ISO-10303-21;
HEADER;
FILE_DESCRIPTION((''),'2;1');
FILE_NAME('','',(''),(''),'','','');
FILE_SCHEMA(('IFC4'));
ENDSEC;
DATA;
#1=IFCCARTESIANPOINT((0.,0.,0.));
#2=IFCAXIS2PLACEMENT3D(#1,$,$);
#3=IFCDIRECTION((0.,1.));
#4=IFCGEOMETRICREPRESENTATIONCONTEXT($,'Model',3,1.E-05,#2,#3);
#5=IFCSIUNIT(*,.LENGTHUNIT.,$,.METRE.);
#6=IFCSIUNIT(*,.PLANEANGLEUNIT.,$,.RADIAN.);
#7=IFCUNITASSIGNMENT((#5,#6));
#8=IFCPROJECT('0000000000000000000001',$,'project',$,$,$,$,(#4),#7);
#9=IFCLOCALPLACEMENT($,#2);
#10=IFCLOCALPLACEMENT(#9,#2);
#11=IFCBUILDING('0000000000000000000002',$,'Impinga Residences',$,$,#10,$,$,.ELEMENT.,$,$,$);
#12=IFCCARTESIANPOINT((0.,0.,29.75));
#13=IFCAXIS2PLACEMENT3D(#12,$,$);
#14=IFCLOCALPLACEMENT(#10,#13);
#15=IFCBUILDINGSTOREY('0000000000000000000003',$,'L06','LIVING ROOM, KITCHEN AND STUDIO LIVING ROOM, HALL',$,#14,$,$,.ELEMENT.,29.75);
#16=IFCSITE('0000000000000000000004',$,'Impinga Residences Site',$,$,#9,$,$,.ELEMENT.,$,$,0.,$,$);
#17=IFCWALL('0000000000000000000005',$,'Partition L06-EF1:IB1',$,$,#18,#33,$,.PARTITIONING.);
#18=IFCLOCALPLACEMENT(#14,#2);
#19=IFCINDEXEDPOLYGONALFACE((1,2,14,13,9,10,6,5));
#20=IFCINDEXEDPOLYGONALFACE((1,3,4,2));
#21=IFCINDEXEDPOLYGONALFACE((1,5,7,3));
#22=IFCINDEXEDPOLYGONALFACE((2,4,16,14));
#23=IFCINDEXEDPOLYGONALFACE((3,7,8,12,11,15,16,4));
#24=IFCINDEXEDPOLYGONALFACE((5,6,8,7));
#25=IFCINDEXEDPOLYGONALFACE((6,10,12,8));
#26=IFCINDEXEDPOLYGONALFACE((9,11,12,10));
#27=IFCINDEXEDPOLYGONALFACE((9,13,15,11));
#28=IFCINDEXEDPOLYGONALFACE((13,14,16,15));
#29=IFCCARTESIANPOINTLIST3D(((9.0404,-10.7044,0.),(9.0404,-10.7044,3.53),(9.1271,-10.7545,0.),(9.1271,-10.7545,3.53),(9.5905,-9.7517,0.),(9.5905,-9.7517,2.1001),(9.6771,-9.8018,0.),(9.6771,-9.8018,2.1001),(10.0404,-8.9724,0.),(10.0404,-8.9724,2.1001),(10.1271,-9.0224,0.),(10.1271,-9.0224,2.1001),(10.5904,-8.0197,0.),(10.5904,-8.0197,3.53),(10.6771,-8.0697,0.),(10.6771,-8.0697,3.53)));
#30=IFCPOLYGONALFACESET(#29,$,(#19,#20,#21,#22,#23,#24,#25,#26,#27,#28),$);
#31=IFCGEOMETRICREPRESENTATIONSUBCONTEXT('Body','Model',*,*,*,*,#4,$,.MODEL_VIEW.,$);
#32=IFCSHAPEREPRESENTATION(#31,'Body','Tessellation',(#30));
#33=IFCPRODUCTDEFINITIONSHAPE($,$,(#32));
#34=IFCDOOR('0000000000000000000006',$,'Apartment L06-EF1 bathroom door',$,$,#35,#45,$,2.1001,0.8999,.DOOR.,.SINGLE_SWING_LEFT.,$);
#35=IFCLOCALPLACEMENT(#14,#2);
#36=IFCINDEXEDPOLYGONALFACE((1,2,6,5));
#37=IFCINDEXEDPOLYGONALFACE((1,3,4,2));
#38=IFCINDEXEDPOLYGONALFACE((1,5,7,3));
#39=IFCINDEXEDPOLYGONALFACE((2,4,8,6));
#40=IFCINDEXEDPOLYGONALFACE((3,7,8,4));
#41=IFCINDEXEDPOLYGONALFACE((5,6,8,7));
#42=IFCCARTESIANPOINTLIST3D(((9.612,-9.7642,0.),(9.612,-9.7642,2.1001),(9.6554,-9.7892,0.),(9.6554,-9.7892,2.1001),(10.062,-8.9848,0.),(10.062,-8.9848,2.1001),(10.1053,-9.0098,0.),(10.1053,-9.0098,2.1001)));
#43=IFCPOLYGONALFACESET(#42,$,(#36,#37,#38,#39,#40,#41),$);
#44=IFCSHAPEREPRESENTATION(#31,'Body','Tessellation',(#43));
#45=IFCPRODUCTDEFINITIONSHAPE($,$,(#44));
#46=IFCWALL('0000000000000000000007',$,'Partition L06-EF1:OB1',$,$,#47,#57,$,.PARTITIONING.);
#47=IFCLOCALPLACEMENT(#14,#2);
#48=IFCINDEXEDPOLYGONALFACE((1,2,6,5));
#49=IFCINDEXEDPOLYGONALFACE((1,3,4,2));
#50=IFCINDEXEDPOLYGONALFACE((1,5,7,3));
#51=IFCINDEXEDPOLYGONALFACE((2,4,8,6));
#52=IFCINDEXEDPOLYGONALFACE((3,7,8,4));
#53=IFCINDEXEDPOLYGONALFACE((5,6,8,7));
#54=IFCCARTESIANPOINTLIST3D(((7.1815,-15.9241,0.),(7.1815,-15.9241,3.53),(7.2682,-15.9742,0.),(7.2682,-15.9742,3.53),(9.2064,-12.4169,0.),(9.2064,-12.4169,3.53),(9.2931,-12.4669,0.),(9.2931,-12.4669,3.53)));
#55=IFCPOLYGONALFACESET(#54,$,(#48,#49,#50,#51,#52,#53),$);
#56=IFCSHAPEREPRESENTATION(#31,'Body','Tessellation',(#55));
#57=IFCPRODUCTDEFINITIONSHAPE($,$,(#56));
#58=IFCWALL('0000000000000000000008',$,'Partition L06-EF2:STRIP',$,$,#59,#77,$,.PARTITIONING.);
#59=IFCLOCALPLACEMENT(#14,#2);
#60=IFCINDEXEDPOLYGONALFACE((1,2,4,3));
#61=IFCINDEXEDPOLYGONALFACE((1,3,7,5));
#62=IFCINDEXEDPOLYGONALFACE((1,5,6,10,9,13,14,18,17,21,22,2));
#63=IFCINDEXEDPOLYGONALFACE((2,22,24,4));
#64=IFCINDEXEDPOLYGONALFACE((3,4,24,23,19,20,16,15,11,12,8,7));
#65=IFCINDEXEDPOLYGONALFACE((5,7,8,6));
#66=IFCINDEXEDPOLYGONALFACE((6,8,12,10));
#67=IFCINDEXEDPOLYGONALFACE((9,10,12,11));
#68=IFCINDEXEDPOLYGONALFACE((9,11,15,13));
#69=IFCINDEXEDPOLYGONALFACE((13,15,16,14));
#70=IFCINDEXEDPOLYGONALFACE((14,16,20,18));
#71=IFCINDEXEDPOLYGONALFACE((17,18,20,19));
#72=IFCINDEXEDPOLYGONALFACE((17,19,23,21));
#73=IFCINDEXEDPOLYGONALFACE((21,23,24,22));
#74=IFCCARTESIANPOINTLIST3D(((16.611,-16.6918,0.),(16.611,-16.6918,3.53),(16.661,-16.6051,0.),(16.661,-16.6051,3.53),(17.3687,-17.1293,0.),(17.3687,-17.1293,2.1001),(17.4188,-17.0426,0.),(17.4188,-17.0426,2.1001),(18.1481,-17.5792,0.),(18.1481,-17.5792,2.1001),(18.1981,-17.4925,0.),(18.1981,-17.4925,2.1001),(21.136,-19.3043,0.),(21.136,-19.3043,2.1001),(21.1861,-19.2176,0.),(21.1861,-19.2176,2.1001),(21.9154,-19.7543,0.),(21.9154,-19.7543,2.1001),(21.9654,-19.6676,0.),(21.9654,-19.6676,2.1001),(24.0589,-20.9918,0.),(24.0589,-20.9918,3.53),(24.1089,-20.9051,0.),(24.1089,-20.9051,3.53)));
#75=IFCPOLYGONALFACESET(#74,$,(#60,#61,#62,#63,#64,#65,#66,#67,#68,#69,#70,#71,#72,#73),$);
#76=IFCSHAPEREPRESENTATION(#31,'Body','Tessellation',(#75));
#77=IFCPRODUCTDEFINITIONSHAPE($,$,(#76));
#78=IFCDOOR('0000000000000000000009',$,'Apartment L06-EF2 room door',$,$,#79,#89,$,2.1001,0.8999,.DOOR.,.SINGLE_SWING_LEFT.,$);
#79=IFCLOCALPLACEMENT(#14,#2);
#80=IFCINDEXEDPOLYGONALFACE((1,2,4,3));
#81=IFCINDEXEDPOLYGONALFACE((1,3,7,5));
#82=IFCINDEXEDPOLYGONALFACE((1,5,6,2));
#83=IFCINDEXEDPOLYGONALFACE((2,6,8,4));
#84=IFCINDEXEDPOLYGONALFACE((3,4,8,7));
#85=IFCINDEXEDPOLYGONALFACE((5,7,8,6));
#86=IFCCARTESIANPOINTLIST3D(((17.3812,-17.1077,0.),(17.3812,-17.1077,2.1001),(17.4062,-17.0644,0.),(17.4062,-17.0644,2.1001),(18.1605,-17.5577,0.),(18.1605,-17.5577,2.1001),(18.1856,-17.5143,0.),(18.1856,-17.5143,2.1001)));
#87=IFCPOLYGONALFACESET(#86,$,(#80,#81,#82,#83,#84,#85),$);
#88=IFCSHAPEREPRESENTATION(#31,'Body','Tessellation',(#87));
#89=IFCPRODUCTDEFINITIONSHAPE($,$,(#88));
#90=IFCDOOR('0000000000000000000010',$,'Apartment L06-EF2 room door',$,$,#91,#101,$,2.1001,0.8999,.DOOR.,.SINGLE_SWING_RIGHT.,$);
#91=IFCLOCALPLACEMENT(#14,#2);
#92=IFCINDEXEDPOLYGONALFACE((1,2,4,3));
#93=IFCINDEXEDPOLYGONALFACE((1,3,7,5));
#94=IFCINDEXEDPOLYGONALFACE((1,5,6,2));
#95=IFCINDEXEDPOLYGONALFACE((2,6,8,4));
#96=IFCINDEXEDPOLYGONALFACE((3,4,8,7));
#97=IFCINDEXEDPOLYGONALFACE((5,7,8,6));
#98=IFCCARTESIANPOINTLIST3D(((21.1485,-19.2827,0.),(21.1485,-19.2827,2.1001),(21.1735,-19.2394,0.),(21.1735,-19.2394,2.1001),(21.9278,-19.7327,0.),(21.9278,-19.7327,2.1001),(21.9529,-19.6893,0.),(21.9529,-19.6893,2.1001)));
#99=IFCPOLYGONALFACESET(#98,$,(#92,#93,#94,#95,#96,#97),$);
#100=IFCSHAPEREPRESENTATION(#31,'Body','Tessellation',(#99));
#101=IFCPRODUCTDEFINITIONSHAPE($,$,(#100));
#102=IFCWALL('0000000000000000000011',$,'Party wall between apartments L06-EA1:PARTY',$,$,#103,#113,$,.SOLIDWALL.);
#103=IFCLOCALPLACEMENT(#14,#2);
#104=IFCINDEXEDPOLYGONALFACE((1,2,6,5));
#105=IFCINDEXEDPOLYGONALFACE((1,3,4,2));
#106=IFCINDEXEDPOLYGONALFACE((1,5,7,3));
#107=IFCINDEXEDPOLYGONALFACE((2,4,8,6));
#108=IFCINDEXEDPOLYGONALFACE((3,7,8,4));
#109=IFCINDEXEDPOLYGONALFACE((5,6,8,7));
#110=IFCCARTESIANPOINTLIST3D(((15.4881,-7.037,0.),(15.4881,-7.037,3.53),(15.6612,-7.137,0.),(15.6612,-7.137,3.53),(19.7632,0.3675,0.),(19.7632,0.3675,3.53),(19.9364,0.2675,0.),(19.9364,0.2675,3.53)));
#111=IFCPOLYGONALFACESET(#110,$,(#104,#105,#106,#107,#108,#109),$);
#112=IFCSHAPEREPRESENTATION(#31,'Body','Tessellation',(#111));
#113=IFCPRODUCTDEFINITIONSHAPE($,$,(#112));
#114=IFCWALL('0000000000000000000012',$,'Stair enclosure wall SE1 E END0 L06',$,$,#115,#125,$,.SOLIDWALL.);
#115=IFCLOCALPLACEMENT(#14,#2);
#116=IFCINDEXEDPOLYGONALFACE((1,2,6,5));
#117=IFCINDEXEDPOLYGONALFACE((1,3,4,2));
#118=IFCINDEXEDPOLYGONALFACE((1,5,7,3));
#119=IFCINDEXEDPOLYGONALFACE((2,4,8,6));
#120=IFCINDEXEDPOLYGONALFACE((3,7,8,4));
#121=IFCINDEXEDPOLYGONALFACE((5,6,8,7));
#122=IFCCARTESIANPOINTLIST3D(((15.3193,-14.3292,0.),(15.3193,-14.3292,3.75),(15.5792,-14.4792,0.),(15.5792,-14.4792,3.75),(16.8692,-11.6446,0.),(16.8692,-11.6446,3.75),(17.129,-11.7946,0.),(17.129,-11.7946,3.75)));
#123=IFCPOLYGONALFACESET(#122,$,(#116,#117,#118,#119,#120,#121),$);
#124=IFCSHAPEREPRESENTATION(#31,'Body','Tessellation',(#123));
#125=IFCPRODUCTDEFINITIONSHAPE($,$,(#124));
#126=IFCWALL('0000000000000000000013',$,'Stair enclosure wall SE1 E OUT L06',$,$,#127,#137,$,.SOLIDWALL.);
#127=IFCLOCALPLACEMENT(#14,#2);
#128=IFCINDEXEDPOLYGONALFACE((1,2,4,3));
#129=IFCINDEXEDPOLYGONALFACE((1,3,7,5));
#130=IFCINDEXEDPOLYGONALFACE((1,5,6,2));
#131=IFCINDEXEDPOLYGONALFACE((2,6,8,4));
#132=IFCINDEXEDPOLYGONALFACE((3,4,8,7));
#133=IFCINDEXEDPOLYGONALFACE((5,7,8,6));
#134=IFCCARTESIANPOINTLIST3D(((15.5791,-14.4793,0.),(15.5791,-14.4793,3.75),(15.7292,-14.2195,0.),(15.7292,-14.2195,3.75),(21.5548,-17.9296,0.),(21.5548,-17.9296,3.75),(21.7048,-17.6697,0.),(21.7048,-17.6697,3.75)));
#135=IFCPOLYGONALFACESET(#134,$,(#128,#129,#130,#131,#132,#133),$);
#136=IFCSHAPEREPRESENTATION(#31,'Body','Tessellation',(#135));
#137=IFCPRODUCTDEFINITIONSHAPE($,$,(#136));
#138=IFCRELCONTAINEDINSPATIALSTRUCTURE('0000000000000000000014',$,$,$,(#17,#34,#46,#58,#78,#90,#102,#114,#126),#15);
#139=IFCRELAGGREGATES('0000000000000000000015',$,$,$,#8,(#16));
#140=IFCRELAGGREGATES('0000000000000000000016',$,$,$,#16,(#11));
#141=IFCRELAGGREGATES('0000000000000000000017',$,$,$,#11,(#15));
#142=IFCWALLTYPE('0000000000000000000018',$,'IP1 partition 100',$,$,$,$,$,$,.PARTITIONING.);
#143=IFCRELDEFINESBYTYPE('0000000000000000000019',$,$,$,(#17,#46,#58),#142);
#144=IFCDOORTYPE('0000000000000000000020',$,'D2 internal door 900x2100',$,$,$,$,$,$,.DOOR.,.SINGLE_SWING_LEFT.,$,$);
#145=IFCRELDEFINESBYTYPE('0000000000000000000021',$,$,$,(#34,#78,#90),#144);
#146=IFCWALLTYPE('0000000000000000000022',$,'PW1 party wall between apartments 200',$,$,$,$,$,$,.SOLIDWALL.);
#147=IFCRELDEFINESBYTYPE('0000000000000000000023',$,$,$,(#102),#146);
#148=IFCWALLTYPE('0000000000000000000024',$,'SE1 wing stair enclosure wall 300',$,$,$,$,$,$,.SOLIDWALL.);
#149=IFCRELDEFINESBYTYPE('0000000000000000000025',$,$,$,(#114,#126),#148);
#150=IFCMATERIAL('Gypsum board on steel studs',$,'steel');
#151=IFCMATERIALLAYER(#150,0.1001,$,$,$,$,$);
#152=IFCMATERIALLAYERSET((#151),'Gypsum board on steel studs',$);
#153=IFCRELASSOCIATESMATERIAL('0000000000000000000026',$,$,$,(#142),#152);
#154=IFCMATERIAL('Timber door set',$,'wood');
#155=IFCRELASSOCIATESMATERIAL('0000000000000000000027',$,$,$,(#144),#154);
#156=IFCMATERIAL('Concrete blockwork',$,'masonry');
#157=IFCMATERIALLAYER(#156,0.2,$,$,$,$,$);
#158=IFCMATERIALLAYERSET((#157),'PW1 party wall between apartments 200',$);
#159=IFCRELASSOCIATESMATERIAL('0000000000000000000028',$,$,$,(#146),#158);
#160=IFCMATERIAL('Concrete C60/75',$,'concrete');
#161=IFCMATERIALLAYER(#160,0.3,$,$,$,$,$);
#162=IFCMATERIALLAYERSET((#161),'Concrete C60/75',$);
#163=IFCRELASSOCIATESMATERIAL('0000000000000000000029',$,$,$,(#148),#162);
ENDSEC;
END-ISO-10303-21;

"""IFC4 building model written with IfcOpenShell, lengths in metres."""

from ifc_helpers import new_model, si_unit, direction, frame, frame_2d, origin, place, context, subcontext, project, spatial, rectangle, extrude, material, layer, layer_set, type_object, element, fill, save


model = new_model("IFC4")

# Units and contexts
model_context = context("Model", 3, precision=1e-05, world=origin(), true_north=direction((0.0, 1.0)))
body_context = subcontext(model_context, "Body", "Model", "MODEL_VIEW")
ifc_project = project(units=[si_unit("LENGTHUNIT", "METRE"), si_unit("PLANEANGLEUNIT", "RADIAN")], contexts=[model_context])

# Site, building, storey
site_placement = place(None, origin())
site = spatial("IfcSite", under=ifc_project, at=site_placement, Name="Impinga Residences Site", CompositionType="ELEMENT", RefElevation=0.0)
building_placement = place(site_placement, origin())
building = spatial("IfcBuilding", under=site, at=building_placement, Name="Impinga Residences", CompositionType="ELEMENT")
storey_placement = place(building_placement, frame((0.0, 0.0, 29.75)))
storey = spatial("IfcBuildingStorey", under=building, at=storey_placement, Name="L06", Description="LIVING ROOM, KITCHEN AND STUDIO LIVING ROOM, HALL", CompositionType="ELEMENT", Elevation=29.75)

# Shared definitions
ifc_material_1 = material(Name="Concrete C60/75", Category="concrete")

# Shared definitions
ifc_material_2 = material(Name="Gypsum board on steel studs", Category="steel")
ifc_layer_1 = layer(ifc_material_2, 0.1001)
ifc_layer_set_1 = layer_set([ifc_layer_1], Name="Gypsum board on steel studs")
wall_type_1 = type_object("IfcWallType", Name="IP1 partition 100", PredefinedType="PARTITIONING", material=ifc_layer_set_1)
ifc_material_3 = material(Name="Timber door set", Category="wood")
door_type = type_object("IfcDoorType", Name="D2 internal door 900x2100", OperationType="SINGLE_SWING_LEFT", PredefinedType="DOOR", material=ifc_material_3)

# Wall, opening, door
wall_1_placement = place(storey_placement, frame((10.6338, -8.0447, 0.0), z_axis=(0.0, 0.0, 1.0), x_axis=(-0.499993, -0.86603, 0.0)))
wall_1 = element("IfcWall", 1, at=wall_1_placement, inside=storey, type_object=wall_type_1, Name="Partition L06-EF1:IB1", PredefinedType="PARTITIONING", context=body_context, shape_type="SweptSolid", body=[
    extrude(rectangle(XDim=3.1001, YDim=0.1001, at=frame_2d((1.55, 0.0))), origin(), (0.0, 0.0, 1.0), 3.53),
])
opening_1_placement = place(wall_1_placement, frame((1.1001, 0.0, 0.0)))
opening_1 = element("IfcOpeningElement", 2, at=opening_1_placement, cuts=wall_1, PredefinedType="OPENING", context=body_context, shape_type="SweptSolid", body=[
    extrude(rectangle(XDim=0.8999, YDim=2.1001, at=frame_2d((0.45, 1.05))), frame((0.0, 0.0601, 0.0), z_axis=(0.0, -1.0, 0.0), x_axis=(1.0, 0.0, 0.0)), (0.0, 0.0, 1.0), 0.1201),
])
door_1_placement = place(opening_1_placement, origin())
door_1 = element("IfcDoor", 3, at=door_1_placement, inside=storey, type_object=door_type, Name="Apartment L06-EF1 bathroom door", OperationType="SINGLE_SWING_LEFT", OverallHeight=2.1001, OverallWidth=0.8999, PredefinedType="DOOR", context=body_context, shape_type="SweptSolid", body=[
    extrude(rectangle(XDim=0.8999, YDim=2.1001, at=frame_2d((0.45, 1.05))), frame((0.0, 0.0249, 0.0), z_axis=(0.0, -1.0, 0.0), x_axis=(1.0, 0.0, 0.0)), (0.0, 0.0, 1.0), 0.05),
])
fill(opening_1, door_1)

# Wall
wall_2_placement = place(storey_placement, frame((9.2498, -12.4419, 0.0), z_axis=(0.0, 0.0, 1.0), x_axis=(-0.49999, -0.866031, 0.0)))
element("IfcWall", 4, at=wall_2_placement, inside=storey, type_object=wall_type_1, Name="Partition L06-EF1:OB1", PredefinedType="PARTITIONING", context=body_context, shape_type="SweptSolid", body=[
    extrude(rectangle(XDim=4.0498, YDim=0.1001, at=frame_2d((2.0249, 0.0))), origin(), (0.0, 0.0, 1.0), 3.53),
])

# Wall, openings, doors
wall_3_placement = place(storey_placement, frame((16.636, -16.6484, 0.0), z_axis=(0.0, 0.0, 1.0), x_axis=(0.866028, -0.499995, 0.0)))
wall_3 = element("IfcWall", 5, at=wall_3_placement, inside=storey, type_object=wall_type_1, Name="Partition L06-EF2:STRIP", PredefinedType="PARTITIONING", context=body_context, shape_type="SweptSolid", body=[
    extrude(rectangle(XDim=8.6001, YDim=0.1001, at=frame_2d((4.3, 0.0))), origin(), (0.0, 0.0, 1.0), 3.53),
])
opening_2_placement = place(wall_3_placement, frame((0.875, 0.0, 0.0)))
opening_2 = element("IfcOpeningElement", 6, at=opening_2_placement, cuts=wall_3, PredefinedType="OPENING", context=body_context, shape_type="SweptSolid", body=[
    extrude(rectangle(XDim=0.8999, YDim=2.1001, at=frame_2d((0.45, 1.05))), frame((0.0, 0.0601, 0.0), z_axis=(0.0, -1.0, 0.0), x_axis=(1.0, 0.0, 0.0)), (0.0, 0.0, 1.0), 0.1201),
])
opening_3_placement = place(wall_3_placement, frame((5.2251, 0.0, 0.0)))
opening_3 = element("IfcOpeningElement", 7, at=opening_3_placement, cuts=wall_3, PredefinedType="OPENING", context=body_context, shape_type="SweptSolid", body=[
    extrude(rectangle(XDim=0.8999, YDim=2.1001, at=frame_2d((0.45, 1.05))), frame((0.0, 0.0601, 0.0), z_axis=(0.0, -1.0, 0.0), x_axis=(1.0, 0.0, 0.0)), (0.0, 0.0, 1.0), 0.1201),
])
door_2_placement = place(opening_2_placement, origin())
door_2 = element("IfcDoor", 8, at=door_2_placement, inside=storey, type_object=door_type, Name="Apartment L06-EF2 room door", OperationType="SINGLE_SWING_LEFT", OverallHeight=2.1001, OverallWidth=0.8999, PredefinedType="DOOR", context=body_context, shape_type="SweptSolid", body=[
    extrude(rectangle(XDim=0.8999, YDim=2.1001, at=frame_2d((0.45, 1.05))), frame((0.0, 0.0249, 0.0), z_axis=(0.0, -1.0, 0.0), x_axis=(1.0, 0.0, 0.0)), (0.0, 0.0, 1.0), 0.05),
])
fill(opening_2, door_2)
door_3_placement = place(opening_3_placement, origin())
door_3 = element("IfcDoor", 9, at=door_3_placement, inside=storey, type_object=door_type, Name="Apartment L06-EF2 room door", OperationType="SINGLE_SWING_RIGHT", OverallHeight=2.1001, OverallWidth=0.8999, PredefinedType="DOOR", context=body_context, shape_type="SweptSolid", body=[
    extrude(rectangle(XDim=0.8999, YDim=2.1001, at=frame_2d((0.45, 1.05))), frame((0.0, 0.0249, 0.0), z_axis=(0.0, -1.0, 0.0), x_axis=(1.0, 0.0, 0.0)), (0.0, 0.0, 1.0), 0.05),
])
fill(opening_3, door_3)

# Walls
ifc_material_4 = material(Name="Concrete blockwork", Category="masonry")
ifc_layer_2 = layer(ifc_material_4, 0.2)
ifc_layer_set_2 = layer_set([ifc_layer_2], Name="PW1 party wall between apartments 200")
wall_type_2 = type_object("IfcWallType", Name="PW1 party wall between apartments 200", PredefinedType="SOLIDWALL", material=ifc_layer_set_2)
wall_4_placement = place(storey_placement, frame((15.5747, -7.0869, 0.0), z_axis=(0.0, 0.0, 1.0), x_axis=(0.500012, 0.866019, 0.0)))
element("IfcWall", 10, at=wall_4_placement, inside=storey, type_object=wall_type_2, Name="Party wall between apartments L06-EA1:PARTY", PredefinedType="SOLIDWALL", context=body_context, shape_type="SweptSolid", body=[
    extrude(rectangle(XDim=8.55, YDim=0.2, at=frame_2d((4.2749, 0.0))), origin(), (0.0, 0.0, 1.0), 3.53),
])
ifc_layer_3 = layer(ifc_material_1, 0.3)
ifc_layer_set_3 = layer_set([ifc_layer_3], Name="Concrete C60/75")
wall_type_3 = type_object("IfcWallType", Name="SE1 wing stair enclosure wall 300", PredefinedType="SOLIDWALL", material=ifc_layer_set_3)
wall_5_placement = place(storey_placement, frame((16.999, -11.7197, 0.0), z_axis=(0.0, 0.0, 1.0), x_axis=(-0.499968, -0.866044, 0.0)))
element("IfcWall", 11, at=wall_5_placement, inside=storey, type_object=wall_type_3, Name="Stair enclosure wall SE1 E END0 L06", PredefinedType="SOLIDWALL", context=body_context, shape_type="SweptSolid", body=[
    extrude(rectangle(XDim=3.0999, YDim=0.3, at=frame_2d((1.5498, 0.0))), origin(), (0.0, 0.0, 1.0), 3.75),
])
wall_6_placement = place(storey_placement, frame((15.6541, -14.3494, 0.0), z_axis=(0.0, 0.0, 1.0), x_axis=(0.866014, -0.500021, 0.0)))
element("IfcWall", 12, at=wall_6_placement, inside=storey, type_object=wall_type_3, Name="Stair enclosure wall SE1 E OUT L06", PredefinedType="SOLIDWALL", context=body_context, shape_type="SweptSolid", body=[
    extrude(rectangle(XDim=6.9001, YDim=0.3, at=frame_2d((3.4502, 0.0))), origin(), (0.0, 0.0, 1.0), 3.75),
])

save(model, "model.ifc")
